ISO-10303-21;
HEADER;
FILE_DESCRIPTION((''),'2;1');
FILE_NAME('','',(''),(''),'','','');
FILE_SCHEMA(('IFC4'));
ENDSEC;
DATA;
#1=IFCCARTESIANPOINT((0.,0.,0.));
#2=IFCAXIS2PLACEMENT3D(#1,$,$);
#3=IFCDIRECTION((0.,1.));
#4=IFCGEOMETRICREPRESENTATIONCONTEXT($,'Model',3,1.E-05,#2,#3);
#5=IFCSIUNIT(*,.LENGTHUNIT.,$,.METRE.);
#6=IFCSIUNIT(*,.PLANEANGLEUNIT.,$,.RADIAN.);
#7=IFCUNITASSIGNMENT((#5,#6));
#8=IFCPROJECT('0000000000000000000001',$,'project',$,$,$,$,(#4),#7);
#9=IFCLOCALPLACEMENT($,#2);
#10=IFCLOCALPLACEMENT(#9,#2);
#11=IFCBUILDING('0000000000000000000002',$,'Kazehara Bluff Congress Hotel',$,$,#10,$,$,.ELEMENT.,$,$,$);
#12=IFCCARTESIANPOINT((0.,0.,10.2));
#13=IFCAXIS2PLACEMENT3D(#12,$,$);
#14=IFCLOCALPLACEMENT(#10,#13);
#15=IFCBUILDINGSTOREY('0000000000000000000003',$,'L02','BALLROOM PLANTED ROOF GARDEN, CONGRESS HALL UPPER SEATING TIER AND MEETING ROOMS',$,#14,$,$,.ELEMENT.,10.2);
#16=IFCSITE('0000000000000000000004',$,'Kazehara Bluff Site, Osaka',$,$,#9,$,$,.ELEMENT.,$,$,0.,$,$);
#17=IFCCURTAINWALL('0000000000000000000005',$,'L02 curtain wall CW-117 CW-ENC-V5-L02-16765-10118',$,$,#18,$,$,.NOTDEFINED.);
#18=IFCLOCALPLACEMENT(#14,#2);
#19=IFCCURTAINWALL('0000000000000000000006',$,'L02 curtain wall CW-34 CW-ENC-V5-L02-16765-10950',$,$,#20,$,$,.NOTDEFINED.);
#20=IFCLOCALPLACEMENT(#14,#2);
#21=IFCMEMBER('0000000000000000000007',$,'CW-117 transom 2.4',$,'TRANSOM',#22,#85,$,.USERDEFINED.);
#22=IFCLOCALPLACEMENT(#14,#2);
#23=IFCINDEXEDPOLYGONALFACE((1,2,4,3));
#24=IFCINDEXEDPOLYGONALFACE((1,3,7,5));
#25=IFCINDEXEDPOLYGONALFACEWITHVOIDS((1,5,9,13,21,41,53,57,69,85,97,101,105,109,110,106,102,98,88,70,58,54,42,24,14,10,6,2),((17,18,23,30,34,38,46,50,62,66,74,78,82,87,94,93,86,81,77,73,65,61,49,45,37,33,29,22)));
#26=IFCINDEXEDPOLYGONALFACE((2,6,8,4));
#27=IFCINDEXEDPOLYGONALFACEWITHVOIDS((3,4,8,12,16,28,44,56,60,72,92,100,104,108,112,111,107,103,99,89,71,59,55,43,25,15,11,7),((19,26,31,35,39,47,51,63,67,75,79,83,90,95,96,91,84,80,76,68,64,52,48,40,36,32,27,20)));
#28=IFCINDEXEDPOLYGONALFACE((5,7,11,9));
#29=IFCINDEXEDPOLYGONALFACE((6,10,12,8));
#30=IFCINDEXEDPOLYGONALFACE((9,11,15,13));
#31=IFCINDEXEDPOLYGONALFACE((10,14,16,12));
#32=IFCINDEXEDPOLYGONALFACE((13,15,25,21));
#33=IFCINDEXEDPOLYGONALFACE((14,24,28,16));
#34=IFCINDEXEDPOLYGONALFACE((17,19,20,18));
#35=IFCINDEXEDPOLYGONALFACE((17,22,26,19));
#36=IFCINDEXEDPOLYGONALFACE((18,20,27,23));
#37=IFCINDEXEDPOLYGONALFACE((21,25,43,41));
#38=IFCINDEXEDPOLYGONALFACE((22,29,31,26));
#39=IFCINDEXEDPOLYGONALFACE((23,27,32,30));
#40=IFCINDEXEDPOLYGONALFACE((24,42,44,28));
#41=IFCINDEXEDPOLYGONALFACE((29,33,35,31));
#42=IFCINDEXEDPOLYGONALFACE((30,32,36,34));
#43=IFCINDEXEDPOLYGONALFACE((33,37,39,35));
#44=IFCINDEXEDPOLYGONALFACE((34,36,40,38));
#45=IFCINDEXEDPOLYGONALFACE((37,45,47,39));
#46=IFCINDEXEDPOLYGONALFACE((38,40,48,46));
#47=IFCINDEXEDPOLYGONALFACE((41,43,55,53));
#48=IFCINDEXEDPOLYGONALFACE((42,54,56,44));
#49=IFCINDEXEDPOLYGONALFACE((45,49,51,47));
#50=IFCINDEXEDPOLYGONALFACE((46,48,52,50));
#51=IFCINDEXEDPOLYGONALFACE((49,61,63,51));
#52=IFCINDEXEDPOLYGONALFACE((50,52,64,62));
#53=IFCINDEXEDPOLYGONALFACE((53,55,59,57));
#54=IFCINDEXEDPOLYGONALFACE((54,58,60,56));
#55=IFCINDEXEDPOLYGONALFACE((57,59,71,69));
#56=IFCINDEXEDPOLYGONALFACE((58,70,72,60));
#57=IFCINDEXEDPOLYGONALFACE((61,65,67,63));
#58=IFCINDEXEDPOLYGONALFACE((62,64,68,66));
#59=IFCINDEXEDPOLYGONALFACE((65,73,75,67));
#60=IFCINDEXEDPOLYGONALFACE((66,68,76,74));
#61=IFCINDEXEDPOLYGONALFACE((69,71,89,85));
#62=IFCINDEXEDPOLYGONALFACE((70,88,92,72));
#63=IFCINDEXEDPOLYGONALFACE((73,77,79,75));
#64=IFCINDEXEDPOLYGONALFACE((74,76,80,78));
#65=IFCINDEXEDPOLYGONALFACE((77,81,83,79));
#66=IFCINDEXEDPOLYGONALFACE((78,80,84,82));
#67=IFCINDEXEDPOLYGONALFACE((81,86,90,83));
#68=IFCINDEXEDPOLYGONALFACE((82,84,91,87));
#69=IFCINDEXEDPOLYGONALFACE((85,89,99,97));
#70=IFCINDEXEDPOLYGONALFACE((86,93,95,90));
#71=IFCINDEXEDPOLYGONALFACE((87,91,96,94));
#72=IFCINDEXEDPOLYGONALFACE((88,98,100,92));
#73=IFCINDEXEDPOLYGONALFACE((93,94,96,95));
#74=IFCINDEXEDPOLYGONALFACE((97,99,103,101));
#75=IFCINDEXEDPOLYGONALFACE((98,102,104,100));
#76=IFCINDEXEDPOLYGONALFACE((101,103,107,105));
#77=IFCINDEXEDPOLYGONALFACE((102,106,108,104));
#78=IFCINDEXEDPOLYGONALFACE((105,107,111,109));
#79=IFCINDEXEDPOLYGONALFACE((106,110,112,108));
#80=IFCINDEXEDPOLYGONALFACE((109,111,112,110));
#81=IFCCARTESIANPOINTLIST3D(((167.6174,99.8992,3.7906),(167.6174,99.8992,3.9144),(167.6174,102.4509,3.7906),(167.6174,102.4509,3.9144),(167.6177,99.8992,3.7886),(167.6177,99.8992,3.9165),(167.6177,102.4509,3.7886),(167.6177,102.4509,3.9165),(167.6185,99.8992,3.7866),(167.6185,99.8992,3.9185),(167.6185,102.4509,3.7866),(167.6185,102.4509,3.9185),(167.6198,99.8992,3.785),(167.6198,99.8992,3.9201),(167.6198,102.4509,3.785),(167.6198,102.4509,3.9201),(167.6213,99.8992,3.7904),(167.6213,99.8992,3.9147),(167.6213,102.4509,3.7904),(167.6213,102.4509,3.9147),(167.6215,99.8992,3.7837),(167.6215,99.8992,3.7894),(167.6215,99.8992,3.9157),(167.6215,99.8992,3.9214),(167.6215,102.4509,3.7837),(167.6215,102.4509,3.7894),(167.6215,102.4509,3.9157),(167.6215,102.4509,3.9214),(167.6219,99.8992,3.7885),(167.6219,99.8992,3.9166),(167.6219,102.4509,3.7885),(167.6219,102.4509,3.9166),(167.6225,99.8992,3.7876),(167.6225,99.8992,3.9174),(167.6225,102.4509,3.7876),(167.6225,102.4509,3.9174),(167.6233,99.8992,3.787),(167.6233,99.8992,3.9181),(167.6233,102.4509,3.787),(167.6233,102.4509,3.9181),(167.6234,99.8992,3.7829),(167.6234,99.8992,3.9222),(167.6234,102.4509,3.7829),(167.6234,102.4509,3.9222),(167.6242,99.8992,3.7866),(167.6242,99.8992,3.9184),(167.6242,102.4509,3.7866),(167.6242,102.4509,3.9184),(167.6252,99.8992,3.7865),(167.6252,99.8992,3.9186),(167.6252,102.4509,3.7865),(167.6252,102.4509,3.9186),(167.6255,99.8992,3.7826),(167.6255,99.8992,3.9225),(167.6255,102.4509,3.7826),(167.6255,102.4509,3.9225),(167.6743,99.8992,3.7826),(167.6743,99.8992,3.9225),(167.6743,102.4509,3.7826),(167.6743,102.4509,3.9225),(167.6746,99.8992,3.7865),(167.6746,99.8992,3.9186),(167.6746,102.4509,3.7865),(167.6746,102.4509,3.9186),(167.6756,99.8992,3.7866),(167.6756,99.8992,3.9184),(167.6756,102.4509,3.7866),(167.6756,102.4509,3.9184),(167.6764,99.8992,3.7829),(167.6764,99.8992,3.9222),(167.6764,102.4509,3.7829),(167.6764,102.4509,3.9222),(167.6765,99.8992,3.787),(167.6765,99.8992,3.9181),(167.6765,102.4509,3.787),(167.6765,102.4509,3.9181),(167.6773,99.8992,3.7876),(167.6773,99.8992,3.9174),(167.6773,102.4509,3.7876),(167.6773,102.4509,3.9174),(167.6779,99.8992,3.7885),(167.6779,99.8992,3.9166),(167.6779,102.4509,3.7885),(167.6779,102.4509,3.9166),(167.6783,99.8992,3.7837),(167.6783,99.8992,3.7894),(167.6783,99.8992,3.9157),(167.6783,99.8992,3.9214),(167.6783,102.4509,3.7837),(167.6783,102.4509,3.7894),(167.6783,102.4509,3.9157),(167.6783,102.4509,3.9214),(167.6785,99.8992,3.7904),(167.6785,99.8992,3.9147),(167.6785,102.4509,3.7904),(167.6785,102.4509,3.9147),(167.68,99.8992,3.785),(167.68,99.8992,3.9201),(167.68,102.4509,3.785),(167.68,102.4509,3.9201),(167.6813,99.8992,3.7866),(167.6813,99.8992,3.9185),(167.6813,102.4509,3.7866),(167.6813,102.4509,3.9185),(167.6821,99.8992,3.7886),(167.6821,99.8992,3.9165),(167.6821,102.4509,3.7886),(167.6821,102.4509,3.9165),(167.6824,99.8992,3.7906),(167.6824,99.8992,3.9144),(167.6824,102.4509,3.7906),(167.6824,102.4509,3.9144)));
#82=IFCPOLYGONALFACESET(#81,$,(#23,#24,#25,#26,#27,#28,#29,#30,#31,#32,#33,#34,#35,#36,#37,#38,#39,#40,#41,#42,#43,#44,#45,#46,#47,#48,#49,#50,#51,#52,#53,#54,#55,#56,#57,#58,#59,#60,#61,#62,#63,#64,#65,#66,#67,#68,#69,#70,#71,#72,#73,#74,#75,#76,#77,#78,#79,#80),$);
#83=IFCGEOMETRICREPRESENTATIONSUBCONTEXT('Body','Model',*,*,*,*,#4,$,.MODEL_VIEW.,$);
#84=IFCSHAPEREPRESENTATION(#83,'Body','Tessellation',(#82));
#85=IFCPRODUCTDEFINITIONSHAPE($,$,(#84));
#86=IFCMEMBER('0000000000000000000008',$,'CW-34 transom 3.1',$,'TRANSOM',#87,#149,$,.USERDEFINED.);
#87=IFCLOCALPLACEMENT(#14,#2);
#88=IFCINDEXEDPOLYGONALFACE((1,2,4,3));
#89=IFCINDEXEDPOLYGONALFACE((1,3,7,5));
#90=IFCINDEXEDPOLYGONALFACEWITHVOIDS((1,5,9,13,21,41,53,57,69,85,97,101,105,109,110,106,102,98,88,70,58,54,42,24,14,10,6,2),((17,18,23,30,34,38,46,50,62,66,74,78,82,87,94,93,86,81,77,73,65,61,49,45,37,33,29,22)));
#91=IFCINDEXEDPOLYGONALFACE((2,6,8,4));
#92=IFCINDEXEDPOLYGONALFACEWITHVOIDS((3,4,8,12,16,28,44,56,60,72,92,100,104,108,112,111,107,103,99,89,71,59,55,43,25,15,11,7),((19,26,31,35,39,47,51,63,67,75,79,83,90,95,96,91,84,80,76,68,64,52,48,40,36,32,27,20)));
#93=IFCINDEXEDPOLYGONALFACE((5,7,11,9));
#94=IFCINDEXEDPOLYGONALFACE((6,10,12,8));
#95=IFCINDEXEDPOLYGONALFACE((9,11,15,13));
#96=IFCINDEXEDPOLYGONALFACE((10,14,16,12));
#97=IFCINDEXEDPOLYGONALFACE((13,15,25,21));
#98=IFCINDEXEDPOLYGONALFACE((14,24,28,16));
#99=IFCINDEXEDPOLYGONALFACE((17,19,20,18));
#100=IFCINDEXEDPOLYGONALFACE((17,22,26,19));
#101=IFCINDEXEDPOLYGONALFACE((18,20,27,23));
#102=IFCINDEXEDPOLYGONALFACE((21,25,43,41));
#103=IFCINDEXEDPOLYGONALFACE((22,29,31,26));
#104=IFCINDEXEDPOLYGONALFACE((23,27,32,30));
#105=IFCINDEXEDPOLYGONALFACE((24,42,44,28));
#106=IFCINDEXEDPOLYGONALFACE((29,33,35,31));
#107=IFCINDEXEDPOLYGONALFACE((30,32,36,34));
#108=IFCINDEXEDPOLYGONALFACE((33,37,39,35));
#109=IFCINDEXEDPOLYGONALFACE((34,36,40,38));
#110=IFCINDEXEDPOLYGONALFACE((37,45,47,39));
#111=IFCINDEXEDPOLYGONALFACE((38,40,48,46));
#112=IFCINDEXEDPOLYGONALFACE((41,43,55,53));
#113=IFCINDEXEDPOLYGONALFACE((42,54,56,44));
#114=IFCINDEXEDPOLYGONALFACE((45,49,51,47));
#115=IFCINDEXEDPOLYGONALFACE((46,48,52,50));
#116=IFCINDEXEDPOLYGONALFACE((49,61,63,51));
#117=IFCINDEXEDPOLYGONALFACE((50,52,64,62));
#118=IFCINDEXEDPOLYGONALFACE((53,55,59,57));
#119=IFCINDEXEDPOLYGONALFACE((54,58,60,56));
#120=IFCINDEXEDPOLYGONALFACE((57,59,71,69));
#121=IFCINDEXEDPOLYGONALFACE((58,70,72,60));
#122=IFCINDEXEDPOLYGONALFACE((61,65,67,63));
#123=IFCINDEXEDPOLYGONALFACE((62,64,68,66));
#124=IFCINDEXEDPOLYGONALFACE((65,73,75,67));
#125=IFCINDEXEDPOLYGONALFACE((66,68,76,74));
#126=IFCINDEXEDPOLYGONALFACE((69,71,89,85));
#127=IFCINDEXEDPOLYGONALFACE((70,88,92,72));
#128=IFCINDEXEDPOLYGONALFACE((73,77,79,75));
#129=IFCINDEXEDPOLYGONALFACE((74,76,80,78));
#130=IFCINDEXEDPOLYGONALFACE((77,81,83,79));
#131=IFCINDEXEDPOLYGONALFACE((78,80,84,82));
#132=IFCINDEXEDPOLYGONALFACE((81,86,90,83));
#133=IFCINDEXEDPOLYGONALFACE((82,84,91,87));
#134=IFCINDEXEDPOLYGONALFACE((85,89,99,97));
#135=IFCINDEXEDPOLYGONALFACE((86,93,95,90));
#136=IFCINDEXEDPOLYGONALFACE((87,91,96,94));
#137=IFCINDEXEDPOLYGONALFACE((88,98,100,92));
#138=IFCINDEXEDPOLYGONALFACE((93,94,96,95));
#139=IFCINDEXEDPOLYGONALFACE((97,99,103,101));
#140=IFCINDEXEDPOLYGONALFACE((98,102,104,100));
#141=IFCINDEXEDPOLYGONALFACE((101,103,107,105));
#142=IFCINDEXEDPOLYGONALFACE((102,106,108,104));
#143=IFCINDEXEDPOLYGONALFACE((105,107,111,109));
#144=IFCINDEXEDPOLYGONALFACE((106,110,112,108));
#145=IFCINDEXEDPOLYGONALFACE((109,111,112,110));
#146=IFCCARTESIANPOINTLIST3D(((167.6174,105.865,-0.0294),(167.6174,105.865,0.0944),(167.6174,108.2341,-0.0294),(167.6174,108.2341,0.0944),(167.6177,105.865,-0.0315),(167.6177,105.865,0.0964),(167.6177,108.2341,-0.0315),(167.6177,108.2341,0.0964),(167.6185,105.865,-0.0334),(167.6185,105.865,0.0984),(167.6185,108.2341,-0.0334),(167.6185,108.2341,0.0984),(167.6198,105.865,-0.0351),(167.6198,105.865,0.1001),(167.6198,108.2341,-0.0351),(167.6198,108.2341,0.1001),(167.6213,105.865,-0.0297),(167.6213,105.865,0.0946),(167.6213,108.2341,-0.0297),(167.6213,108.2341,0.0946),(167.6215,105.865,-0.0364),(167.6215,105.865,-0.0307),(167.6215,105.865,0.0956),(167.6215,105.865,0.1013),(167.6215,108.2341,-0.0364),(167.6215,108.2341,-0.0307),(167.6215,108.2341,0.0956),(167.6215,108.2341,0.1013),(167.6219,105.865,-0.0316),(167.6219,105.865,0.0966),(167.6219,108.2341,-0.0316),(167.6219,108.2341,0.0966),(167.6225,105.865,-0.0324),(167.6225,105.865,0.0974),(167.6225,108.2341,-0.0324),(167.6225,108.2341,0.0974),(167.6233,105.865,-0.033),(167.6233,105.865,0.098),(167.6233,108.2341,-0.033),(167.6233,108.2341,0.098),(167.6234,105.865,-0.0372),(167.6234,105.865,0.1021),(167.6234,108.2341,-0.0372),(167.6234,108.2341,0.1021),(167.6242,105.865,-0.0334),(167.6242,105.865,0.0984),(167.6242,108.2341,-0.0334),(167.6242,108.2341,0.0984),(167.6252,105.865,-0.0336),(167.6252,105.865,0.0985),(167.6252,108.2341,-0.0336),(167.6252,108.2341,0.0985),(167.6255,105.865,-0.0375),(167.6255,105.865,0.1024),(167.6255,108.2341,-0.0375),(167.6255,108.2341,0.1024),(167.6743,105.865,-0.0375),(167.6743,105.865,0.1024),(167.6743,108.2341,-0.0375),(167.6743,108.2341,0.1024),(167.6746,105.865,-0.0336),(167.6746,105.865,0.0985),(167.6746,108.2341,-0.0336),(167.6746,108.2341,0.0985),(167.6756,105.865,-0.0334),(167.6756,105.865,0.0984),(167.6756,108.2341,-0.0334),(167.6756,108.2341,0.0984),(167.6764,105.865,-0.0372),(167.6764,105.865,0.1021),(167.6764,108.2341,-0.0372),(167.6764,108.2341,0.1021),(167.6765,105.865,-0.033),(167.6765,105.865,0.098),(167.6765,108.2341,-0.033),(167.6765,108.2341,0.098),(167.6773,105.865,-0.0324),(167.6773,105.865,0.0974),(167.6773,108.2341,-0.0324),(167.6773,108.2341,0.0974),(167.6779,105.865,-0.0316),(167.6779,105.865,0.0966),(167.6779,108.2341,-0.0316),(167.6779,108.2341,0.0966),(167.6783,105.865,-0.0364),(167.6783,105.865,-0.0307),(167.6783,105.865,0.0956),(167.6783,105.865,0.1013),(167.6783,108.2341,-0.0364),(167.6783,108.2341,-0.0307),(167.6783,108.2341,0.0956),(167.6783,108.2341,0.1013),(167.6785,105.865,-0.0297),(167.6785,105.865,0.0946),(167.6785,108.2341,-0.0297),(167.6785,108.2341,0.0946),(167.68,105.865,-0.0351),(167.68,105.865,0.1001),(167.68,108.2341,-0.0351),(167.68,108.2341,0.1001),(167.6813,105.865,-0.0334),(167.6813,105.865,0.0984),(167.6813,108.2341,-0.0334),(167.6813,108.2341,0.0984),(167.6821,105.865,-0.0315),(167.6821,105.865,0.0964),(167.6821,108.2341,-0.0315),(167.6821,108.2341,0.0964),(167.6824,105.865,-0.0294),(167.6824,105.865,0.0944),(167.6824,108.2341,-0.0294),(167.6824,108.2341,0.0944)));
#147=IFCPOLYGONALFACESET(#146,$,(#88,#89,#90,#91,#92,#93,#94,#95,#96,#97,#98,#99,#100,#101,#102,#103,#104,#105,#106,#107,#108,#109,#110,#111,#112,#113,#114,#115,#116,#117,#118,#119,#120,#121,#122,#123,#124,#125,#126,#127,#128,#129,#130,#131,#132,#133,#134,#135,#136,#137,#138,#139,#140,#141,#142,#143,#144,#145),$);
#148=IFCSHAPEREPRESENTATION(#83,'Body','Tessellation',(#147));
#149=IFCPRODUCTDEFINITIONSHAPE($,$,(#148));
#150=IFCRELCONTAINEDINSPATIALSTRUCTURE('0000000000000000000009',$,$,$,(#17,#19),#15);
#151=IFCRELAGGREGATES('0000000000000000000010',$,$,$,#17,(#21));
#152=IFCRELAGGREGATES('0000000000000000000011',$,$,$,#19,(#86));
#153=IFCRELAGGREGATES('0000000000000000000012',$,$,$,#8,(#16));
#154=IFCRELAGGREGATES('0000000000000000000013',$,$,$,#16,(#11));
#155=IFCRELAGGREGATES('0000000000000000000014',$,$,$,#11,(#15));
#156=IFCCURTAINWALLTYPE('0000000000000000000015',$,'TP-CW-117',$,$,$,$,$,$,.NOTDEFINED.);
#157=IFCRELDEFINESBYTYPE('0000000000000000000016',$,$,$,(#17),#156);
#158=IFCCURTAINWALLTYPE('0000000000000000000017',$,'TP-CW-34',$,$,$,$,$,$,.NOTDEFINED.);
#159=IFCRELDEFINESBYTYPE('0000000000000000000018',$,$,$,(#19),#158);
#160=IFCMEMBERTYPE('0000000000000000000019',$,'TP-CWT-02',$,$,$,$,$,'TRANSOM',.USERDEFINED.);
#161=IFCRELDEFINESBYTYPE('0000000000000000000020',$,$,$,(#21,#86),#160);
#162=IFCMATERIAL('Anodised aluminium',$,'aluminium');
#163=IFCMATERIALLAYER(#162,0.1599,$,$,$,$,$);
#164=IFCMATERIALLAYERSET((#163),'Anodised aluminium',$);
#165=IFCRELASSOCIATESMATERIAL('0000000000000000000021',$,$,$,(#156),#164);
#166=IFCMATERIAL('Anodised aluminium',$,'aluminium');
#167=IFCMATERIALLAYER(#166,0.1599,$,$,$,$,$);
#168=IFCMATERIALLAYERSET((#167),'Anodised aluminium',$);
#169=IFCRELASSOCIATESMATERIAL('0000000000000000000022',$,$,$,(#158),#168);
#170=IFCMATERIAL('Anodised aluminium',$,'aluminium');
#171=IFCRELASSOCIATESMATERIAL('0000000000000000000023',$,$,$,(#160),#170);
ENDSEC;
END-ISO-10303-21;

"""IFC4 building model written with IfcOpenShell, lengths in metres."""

from ifc_helpers import new_model, si_unit, direction, frame, origin, origin_2d, place, context, subcontext, project, spatial, hollow_rectangle, extrude, material, layer, layer_set, material_profile, profile_set, type_object, element, aggregate, save


model = new_model("IFC4")

# Units and contexts
model_context = context("Model", 3, precision=1e-05, world=origin(), true_north=direction((0.0, 1.0)))
body_context = subcontext(model_context, "Body", "Model", "MODEL_VIEW")
ifc_project = project(units=[si_unit("LENGTHUNIT", "METRE"), si_unit("PLANEANGLEUNIT", "RADIAN")], contexts=[model_context])

# Site, building, storey
site_placement = place(None, origin())
site = spatial("IfcSite", under=ifc_project, at=site_placement, Name="Kazehara Bluff Site, Osaka", CompositionType="ELEMENT", RefElevation=0.0)
building_placement = place(site_placement, origin())
building = spatial("IfcBuilding", under=site, at=building_placement, Name="Kazehara Bluff Congress Hotel", CompositionType="ELEMENT")
storey_placement = place(building_placement, frame((0.0, 0.0, 10.2)))
storey = spatial("IfcBuildingStorey", under=building, at=storey_placement, Name="L02", Description="BALLROOM PLANTED ROOF GARDEN, CONGRESS HALL UPPER SEATING TIER AND MEETING ROOMS", CompositionType="ELEMENT", Elevation=10.2)

# Curtain walls
ifc_material_1 = material(Name="Anodised aluminium", Category="aluminium")
ifc_layer_1 = layer(ifc_material_1, 0.1599)
ifc_layer_set_1 = layer_set([ifc_layer_1], Name="Anodised aluminium")
curtain_wall_type_1 = type_object("IfcCurtainWallType", Name="TP-CW-117", PredefinedType="NOTDEFINED", material=ifc_layer_set_1)
curtain_wall_1_placement = place(storey_placement, origin())
curtain_wall_1 = element("IfcCurtainWall", 1, at=curtain_wall_1_placement, inside=storey, type_object=curtain_wall_type_1, Name="L02 curtain wall CW-117 CW-ENC-V5-L02-16765-10118", PredefinedType="NOTDEFINED")
ifc_material_2 = material(Name="Anodised aluminium", Category="aluminium")
ifc_layer_2 = layer(ifc_material_2, 0.1599)
ifc_layer_set_2 = layer_set([ifc_layer_2], Name="Anodised aluminium")
curtain_wall_type_2 = type_object("IfcCurtainWallType", Name="TP-CW-34", PredefinedType="NOTDEFINED", material=ifc_layer_set_2)
curtain_wall_2_placement = place(storey_placement, origin())
curtain_wall_2 = element("IfcCurtainWall", 2, at=curtain_wall_2_placement, inside=storey, type_object=curtain_wall_type_2, Name="L02 curtain wall CW-34 CW-ENC-V5-L02-16765-10950", PredefinedType="NOTDEFINED")

# Members
ifc_material_3 = material(Name="Anodised aluminium", Category="aluminium")
ifc_material_profile_1 = material_profile(ifc_material_3, hollow_rectangle(XDim=0.0649, YDim=0.1399, WallThickness=0.0039, InnerFilletRadius=0.0039, OuterFilletRadius=0.0081, at=origin_2d()))
ifc_profile_set_1 = profile_set([ifc_material_profile_1], Name="Anodised aluminium")
member_type_1 = type_object("IfcMemberType", Name="TP-CWT-02", ElementType="TRANSOM", PredefinedType="USERDEFINED", material=ifc_profile_set_1)
member_1_placement = place(storey_placement, frame((167.6499, 102.4509, 3.8525), z_axis=(0.0, -1.0, 0.0), x_axis=(1.0, 0.0, 0.0)))
member_1 = element("IfcMember", 3, at=member_1_placement, type_object=member_type_1, Name="CW-117 transom 2.4", ObjectType="TRANSOM", PredefinedType="USERDEFINED", context=body_context, shape_type="SweptSolid", body=[
    extrude(hollow_rectangle(XDim=0.0649, YDim=0.1399, WallThickness=0.0039, InnerFilletRadius=0.0039, OuterFilletRadius=0.0081, at=origin_2d()), origin(), (0.0, 0.0, 1.0), 2.5518),
])
member_2_placement = place(storey_placement, frame((167.6499, 108.2341, 0.0325), z_axis=(0.0, -1.0, 0.0), x_axis=(1.0, 0.0, 0.0)))
member_2 = element("IfcMember", 4, at=member_2_placement, type_object=member_type_1, Name="CW-34 transom 3.1", ObjectType="TRANSOM", PredefinedType="USERDEFINED", context=body_context, shape_type="SweptSolid", body=[
    extrude(hollow_rectangle(XDim=0.0649, YDim=0.1399, WallThickness=0.0039, InnerFilletRadius=0.0039, OuterFilletRadius=0.0081, at=origin_2d()), origin(), (0.0, 0.0, 1.0), 2.3691),
])

aggregate(curtain_wall_1, [member_1])
aggregate(curtain_wall_2, [member_2])

save(model, "model.ifc")
